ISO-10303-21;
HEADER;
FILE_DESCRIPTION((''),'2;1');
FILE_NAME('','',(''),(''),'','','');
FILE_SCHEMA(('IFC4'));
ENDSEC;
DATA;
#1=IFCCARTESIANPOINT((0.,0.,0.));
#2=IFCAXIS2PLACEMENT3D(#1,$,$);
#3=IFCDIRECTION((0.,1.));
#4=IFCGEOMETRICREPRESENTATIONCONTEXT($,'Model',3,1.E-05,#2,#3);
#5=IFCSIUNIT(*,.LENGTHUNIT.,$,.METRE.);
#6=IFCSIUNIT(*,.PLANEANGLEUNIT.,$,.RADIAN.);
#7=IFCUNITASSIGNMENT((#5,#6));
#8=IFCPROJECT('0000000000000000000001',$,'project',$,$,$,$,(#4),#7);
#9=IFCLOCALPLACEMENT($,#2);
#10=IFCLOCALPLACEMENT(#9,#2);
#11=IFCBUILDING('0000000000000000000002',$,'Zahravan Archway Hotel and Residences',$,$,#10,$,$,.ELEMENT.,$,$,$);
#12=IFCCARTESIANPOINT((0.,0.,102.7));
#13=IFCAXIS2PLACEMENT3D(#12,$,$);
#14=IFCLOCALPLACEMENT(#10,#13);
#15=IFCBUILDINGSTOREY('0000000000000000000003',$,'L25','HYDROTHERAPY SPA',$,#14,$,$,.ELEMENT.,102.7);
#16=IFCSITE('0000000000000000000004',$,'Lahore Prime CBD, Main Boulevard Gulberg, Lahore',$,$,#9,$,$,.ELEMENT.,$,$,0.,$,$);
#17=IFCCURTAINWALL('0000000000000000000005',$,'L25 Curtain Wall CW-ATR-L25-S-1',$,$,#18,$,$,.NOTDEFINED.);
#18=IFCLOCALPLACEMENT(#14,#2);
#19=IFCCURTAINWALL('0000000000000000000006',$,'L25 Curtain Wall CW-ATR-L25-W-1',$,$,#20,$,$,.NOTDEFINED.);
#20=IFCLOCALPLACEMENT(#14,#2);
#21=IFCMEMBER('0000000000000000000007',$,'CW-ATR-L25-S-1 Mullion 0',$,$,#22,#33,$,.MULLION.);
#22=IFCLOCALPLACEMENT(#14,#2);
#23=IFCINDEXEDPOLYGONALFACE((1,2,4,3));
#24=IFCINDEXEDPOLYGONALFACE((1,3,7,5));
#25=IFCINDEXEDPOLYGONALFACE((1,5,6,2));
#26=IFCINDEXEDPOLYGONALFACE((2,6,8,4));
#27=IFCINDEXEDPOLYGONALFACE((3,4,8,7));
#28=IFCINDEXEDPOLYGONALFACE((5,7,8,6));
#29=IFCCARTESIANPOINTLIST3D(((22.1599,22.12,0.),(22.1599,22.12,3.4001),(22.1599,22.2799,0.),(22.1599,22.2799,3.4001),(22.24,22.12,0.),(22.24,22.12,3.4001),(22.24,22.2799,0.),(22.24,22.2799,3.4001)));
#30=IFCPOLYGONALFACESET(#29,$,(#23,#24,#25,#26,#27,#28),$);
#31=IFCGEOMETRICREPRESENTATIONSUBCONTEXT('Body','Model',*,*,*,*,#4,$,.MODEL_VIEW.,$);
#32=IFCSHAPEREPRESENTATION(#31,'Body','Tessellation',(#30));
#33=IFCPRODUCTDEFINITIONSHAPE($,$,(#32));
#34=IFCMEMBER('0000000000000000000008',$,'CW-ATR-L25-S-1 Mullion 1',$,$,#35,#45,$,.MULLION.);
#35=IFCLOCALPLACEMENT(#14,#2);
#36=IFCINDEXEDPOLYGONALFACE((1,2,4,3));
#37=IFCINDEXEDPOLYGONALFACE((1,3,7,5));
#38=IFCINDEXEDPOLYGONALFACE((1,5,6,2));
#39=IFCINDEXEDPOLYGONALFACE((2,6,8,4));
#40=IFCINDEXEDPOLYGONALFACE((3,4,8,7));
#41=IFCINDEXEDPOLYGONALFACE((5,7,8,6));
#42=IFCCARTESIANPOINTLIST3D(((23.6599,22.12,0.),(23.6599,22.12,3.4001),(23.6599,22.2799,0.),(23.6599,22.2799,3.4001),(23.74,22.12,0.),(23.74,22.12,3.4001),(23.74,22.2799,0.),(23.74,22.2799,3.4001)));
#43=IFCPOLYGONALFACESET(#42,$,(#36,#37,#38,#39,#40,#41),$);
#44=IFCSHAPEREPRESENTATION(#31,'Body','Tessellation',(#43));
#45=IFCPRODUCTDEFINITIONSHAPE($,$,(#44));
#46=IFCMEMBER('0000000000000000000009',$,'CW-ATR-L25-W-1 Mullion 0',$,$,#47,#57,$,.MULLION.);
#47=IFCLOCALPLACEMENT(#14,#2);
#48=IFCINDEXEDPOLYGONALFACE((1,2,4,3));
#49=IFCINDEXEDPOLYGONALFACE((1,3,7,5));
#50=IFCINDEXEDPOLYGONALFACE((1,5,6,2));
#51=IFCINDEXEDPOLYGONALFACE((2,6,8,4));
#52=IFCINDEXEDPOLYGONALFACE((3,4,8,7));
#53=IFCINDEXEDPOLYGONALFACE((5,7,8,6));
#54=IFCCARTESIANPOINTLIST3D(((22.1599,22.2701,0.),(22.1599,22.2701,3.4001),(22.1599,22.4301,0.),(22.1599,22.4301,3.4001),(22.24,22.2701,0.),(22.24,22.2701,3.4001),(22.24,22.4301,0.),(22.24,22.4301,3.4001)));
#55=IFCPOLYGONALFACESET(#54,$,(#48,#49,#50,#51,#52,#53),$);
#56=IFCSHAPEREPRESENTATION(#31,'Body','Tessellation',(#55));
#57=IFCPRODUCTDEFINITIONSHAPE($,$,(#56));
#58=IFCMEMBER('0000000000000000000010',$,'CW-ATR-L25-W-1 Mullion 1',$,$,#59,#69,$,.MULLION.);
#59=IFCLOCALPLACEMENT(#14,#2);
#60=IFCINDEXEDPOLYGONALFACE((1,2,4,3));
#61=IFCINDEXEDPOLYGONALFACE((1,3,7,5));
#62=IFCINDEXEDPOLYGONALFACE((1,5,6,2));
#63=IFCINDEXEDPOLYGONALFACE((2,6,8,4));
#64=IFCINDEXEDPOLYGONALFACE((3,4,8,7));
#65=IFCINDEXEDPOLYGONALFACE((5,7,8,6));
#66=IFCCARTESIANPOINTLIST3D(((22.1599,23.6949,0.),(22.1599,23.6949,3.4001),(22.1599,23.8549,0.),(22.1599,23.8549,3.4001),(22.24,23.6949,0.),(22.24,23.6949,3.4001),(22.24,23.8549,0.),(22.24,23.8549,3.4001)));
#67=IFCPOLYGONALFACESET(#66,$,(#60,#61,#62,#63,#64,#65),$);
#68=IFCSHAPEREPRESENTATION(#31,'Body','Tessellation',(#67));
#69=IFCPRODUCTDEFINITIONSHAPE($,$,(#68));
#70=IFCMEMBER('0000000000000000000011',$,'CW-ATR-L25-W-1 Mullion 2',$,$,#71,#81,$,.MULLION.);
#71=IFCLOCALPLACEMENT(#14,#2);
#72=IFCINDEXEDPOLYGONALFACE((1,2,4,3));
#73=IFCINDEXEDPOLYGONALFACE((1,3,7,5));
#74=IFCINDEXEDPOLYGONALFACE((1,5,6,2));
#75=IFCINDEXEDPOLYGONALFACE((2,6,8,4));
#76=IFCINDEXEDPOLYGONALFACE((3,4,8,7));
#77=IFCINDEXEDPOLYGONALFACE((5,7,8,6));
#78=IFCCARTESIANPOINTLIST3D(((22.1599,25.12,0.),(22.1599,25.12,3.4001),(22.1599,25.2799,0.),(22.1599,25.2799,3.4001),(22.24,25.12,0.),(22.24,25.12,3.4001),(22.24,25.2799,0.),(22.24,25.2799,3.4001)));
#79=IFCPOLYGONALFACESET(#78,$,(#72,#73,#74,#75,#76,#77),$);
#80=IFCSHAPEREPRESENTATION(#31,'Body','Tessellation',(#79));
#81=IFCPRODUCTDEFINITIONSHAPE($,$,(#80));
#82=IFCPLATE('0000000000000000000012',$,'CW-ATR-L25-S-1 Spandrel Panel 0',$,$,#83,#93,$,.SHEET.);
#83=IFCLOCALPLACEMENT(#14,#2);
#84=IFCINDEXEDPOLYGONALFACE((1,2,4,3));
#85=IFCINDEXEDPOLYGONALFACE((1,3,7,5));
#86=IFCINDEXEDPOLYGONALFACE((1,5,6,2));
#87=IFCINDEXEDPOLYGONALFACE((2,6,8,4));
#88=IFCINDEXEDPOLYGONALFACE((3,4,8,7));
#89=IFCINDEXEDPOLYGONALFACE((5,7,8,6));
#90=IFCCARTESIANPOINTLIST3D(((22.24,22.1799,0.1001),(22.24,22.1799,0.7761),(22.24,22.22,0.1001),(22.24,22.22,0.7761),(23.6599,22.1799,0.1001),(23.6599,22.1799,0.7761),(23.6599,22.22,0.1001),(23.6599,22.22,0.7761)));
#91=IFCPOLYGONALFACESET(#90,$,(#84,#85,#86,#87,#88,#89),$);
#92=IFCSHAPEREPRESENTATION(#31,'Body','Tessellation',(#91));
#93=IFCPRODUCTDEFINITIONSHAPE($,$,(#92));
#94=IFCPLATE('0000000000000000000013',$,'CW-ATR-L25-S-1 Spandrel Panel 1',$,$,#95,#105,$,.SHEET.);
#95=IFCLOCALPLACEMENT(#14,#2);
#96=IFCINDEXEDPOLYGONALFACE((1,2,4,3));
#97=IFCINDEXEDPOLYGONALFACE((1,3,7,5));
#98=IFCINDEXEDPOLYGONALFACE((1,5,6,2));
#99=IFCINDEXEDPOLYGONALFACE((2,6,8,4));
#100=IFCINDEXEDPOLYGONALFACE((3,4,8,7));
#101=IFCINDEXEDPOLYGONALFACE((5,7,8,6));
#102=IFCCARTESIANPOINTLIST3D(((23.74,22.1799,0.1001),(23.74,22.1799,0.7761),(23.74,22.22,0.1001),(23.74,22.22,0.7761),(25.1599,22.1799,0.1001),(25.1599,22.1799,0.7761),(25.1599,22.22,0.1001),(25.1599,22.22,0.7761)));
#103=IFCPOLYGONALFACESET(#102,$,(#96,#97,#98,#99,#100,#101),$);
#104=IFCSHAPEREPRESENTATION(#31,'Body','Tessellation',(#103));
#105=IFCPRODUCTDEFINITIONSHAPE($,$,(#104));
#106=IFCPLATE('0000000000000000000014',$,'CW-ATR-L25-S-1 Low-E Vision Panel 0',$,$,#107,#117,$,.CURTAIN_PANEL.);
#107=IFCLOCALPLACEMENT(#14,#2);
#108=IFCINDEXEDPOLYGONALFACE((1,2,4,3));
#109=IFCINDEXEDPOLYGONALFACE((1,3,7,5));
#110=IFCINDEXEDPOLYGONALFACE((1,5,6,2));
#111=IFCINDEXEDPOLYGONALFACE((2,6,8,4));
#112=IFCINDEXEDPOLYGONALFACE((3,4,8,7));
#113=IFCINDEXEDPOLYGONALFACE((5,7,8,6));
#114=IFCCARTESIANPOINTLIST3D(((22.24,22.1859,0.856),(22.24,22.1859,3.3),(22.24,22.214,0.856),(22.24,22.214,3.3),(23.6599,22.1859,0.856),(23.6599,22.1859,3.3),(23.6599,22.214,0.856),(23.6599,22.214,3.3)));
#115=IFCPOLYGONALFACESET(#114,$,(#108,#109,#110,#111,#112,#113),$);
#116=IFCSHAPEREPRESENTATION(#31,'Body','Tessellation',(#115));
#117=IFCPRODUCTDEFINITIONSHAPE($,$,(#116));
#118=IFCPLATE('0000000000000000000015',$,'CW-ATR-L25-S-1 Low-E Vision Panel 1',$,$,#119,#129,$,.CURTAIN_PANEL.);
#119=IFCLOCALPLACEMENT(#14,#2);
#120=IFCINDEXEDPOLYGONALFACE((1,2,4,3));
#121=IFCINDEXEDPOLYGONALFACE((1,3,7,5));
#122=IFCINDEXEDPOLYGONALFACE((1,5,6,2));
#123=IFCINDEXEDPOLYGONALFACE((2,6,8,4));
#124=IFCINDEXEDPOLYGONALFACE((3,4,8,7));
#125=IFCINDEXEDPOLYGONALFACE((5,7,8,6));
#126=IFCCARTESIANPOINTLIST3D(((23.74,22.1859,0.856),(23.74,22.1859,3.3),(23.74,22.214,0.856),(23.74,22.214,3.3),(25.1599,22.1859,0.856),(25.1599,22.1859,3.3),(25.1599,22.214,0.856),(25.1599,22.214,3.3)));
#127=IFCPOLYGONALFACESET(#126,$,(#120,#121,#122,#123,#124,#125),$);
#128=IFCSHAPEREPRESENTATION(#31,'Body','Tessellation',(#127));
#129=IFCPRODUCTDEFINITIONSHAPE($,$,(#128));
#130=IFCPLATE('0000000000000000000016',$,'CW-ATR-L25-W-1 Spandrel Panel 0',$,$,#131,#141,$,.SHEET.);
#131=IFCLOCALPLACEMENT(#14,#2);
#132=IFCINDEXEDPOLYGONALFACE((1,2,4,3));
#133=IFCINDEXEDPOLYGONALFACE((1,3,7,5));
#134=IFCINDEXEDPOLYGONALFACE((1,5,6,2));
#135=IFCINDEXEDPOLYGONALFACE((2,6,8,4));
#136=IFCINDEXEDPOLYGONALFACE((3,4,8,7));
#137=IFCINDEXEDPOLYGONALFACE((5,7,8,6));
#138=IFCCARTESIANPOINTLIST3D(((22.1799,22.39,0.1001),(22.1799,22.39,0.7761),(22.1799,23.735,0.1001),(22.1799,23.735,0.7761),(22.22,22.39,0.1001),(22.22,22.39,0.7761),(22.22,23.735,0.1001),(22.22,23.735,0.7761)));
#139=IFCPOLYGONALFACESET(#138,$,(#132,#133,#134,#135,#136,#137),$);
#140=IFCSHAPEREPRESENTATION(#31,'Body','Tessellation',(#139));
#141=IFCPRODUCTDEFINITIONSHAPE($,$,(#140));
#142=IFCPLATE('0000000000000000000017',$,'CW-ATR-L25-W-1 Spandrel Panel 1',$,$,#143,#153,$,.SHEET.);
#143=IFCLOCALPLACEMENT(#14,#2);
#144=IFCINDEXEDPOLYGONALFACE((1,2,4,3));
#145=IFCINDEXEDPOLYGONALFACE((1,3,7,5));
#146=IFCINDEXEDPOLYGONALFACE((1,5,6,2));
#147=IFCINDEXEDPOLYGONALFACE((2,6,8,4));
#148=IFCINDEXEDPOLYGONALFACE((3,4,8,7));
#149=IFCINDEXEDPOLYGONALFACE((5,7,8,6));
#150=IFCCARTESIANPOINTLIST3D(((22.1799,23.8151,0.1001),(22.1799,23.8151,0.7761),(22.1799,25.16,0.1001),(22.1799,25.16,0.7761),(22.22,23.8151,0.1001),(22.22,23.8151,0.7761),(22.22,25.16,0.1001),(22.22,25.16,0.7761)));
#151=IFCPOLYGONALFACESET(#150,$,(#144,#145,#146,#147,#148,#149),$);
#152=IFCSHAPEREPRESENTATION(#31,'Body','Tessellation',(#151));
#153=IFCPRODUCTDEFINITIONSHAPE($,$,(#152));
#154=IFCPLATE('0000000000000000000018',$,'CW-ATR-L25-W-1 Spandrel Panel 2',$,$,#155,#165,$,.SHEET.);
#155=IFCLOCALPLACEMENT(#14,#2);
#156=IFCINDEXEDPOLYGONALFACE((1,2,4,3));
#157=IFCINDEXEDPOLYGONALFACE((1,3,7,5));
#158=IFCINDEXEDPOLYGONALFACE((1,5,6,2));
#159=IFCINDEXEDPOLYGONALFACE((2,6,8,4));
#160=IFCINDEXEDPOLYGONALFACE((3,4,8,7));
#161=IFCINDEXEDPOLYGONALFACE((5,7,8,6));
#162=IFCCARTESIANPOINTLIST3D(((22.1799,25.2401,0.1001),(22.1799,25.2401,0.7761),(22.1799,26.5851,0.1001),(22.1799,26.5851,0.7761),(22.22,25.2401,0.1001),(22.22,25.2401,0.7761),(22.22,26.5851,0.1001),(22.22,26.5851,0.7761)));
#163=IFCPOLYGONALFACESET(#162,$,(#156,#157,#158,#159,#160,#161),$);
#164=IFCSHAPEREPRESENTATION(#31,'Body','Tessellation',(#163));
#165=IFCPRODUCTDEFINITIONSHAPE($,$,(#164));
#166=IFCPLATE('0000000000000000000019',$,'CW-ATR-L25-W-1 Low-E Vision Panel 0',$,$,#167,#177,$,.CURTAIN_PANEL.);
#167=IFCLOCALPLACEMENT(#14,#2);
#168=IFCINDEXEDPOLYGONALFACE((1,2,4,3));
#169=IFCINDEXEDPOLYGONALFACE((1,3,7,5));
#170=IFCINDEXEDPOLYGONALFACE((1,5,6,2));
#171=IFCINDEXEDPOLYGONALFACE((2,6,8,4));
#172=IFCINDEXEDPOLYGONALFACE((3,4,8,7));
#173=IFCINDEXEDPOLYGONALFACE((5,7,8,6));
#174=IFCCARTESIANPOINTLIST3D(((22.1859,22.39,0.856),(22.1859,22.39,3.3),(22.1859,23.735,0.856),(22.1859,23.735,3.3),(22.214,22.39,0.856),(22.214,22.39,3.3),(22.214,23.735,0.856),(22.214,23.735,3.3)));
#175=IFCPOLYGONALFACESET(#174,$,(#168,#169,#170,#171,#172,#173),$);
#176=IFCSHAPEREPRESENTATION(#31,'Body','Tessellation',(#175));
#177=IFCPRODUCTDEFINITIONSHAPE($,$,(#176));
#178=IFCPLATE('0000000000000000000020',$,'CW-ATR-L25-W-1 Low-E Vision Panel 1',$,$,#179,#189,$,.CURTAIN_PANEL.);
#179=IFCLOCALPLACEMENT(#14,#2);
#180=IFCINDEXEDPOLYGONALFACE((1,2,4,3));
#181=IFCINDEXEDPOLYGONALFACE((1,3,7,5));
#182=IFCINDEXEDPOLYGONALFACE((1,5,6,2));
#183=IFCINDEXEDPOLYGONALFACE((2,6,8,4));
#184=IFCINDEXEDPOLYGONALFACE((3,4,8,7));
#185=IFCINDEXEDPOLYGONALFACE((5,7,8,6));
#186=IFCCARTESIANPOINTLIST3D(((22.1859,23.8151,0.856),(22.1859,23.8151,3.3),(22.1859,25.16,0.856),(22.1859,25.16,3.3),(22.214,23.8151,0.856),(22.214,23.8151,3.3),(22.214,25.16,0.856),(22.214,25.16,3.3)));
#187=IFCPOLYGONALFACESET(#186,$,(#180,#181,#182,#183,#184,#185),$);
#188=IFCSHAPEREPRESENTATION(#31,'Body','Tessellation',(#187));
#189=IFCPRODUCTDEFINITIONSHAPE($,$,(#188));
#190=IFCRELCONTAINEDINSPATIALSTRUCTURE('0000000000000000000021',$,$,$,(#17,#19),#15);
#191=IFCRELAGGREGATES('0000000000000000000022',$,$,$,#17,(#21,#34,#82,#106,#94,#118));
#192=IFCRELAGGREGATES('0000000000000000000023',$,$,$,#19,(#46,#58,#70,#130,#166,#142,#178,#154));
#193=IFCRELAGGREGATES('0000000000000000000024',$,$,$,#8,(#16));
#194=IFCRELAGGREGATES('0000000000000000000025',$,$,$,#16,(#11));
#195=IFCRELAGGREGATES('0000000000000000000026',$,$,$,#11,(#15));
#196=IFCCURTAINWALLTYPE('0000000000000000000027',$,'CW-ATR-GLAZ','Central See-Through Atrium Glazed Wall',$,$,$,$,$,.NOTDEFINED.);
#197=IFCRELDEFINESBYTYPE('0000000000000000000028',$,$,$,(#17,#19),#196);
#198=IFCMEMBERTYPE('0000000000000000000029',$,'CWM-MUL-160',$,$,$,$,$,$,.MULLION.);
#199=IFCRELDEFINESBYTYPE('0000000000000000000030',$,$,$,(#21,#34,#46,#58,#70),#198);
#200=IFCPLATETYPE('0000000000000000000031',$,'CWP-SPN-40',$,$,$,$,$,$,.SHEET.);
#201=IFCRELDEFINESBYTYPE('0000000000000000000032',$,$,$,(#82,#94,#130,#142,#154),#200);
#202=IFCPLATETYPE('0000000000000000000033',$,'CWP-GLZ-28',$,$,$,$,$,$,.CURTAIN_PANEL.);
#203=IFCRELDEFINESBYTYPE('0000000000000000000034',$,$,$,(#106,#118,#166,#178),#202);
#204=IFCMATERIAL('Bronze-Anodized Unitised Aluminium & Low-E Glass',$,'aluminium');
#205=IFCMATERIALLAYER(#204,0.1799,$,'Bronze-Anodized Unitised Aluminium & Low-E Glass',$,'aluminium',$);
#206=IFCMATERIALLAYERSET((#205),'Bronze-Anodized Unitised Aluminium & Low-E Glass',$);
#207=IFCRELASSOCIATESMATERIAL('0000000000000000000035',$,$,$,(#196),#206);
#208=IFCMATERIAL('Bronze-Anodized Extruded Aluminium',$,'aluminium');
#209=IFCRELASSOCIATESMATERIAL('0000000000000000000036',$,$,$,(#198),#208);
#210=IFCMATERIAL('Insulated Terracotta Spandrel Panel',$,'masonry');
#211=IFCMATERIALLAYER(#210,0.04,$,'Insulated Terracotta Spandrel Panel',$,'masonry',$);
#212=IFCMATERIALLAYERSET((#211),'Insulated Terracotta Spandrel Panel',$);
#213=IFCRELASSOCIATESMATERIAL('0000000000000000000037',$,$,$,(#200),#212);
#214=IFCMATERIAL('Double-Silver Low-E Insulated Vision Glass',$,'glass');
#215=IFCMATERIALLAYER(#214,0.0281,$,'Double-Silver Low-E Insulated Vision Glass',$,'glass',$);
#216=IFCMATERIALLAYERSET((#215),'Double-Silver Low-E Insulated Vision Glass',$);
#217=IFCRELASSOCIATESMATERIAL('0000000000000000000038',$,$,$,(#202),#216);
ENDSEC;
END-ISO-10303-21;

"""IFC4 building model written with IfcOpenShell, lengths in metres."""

from ifc_helpers import new_model, si_unit, direction, frame, origin, origin_2d, place, context, subcontext, project, spatial, rectangle, extrude, source, transform, mapped, material, layer, layer_set, material_profile, profile_set, type_object, element, aggregate, save


model = new_model("IFC4")

# Units and contexts
model_context = context("Model", 3, precision=1e-05, world=origin(), true_north=direction((0.0, 1.0)))
body_context = subcontext(model_context, "Body", "Model", "MODEL_VIEW")
ifc_project = project(units=[si_unit("LENGTHUNIT", "METRE"), si_unit("PLANEANGLEUNIT", "RADIAN")], contexts=[model_context])

# Site, building, storey
site_placement = place(None, origin())
site = spatial("IfcSite", under=ifc_project, at=site_placement, Name="Lahore Prime CBD, Main Boulevard Gulberg, Lahore", CompositionType="ELEMENT", RefElevation=0.0)
building_placement = place(site_placement, origin())
building = spatial("IfcBuilding", under=site, at=building_placement, Name="Zahravan Archway Hotel and Residences", CompositionType="ELEMENT")
storey_placement = place(building_placement, frame((0.0, 0.0, 102.7)))
storey = spatial("IfcBuildingStorey", under=building, at=storey_placement, Name="L25", Description="HYDROTHERAPY SPA", CompositionType="ELEMENT", Elevation=102.7)

# Curtain walls
ifc_material_1 = material(Name="Bronze-Anodized Unitised Aluminium & Low-E Glass", Category="aluminium")
ifc_layer_1 = layer(ifc_material_1, 0.1799, Name="Bronze-Anodized Unitised Aluminium & Low-E Glass", Category="aluminium")
ifc_layer_set_1 = layer_set([ifc_layer_1], Name="Bronze-Anodized Unitised Aluminium & Low-E Glass")
curtain_wall_type = type_object("IfcCurtainWallType", Name="CW-ATR-GLAZ", Description="Central See-Through Atrium Glazed Wall", PredefinedType="NOTDEFINED", material=ifc_layer_set_1)
curtain_wall_1_placement = place(storey_placement, origin())
curtain_wall_1 = element("IfcCurtainWall", 1, at=curtain_wall_1_placement, inside=storey, type_object=curtain_wall_type, Name="L25 Curtain Wall CW-ATR-L25-S-1", PredefinedType="NOTDEFINED")
ifc_material_2 = material(Name="Bronze-Anodized Extruded Aluminium", Category="aluminium")
curtain_wall_2_placement = place(storey_placement, origin())
curtain_wall_2 = element("IfcCurtainWall", 2, at=curtain_wall_2_placement, inside=storey, type_object=curtain_wall_type, Name="L25 Curtain Wall CW-ATR-L25-W-1", PredefinedType="NOTDEFINED")

# Members
ifc_material_profile_1 = material_profile(ifc_material_2, rectangle(XDim=0.0801, YDim=0.1599, at=origin_2d()), Name="MUL 80x160", Category="aluminium")
ifc_profile_set_1 = profile_set([ifc_material_profile_1], Name="Bronze-Anodized Extruded Aluminium")
member_type_1 = type_object("IfcMemberType", Name="CWM-MUL-160", PredefinedType="MULLION", material=ifc_profile_set_1)
shared_shape_1 = source(origin(), body_context, "Body", "SweptSolid", [
    extrude(rectangle(XDim=0.0801, YDim=0.1599, at=origin_2d()), origin(), (0.0, 0.0, 1.0), 3.4001),
])
member_1_placement = place(storey_placement, frame((22.2, 22.2, 0.0), z_axis=(0.0, 0.0, 1.0), x_axis=(1.0, 0.0, 0.0)))
member_1 = element("IfcMember", 3, at=member_1_placement, type_object=member_type_1, Name="CW-ATR-L25-S-1 Mullion 0", PredefinedType="MULLION", context=body_context, shape_type="MappedRepresentation", body=[
    mapped(shared_shape_1, transform((0.0, 0.0, 0.0), scale=1.0)),
])
member_2_placement = place(storey_placement, frame((23.7, 22.2, 0.0), z_axis=(0.0, 0.0, 1.0), x_axis=(1.0, 0.0, 0.0)))
member_2 = element("IfcMember", 4, at=member_2_placement, type_object=member_type_1, Name="CW-ATR-L25-S-1 Mullion 1", PredefinedType="MULLION", context=body_context, shape_type="MappedRepresentation", body=[
    mapped(shared_shape_1, transform((0.0, 0.0, 0.0), scale=1.0)),
])
member_3_placement = place(storey_placement, frame((22.2, 22.3501, 0.0), z_axis=(0.0, 0.0, 1.0), x_axis=(1.0, 0.0, 0.0)))
member_3 = element("IfcMember", 5, at=member_3_placement, type_object=member_type_1, Name="CW-ATR-L25-W-1 Mullion 0", PredefinedType="MULLION", context=body_context, shape_type="MappedRepresentation", body=[
    mapped(shared_shape_1, transform((0.0, 0.0, 0.0), scale=1.0)),
])
member_4_placement = place(storey_placement, frame((22.2, 23.7749, 0.0), z_axis=(0.0, 0.0, 1.0), x_axis=(1.0, 0.0, 0.0)))
member_4 = element("IfcMember", 6, at=member_4_placement, type_object=member_type_1, Name="CW-ATR-L25-W-1 Mullion 1", PredefinedType="MULLION", context=body_context, shape_type="MappedRepresentation", body=[
    mapped(shared_shape_1, transform((0.0, 0.0, 0.0), scale=1.0)),
])
member_5_placement = place(storey_placement, frame((22.2, 25.2, 0.0), z_axis=(0.0, 0.0, 1.0), x_axis=(1.0, 0.0, 0.0)))
member_5 = element("IfcMember", 7, at=member_5_placement, type_object=member_type_1, Name="CW-ATR-L25-W-1 Mullion 2", PredefinedType="MULLION", context=body_context, shape_type="MappedRepresentation", body=[
    mapped(shared_shape_1, transform((0.0, 0.0, 0.0), scale=1.0)),
])

# Plates
ifc_material_3 = material(Name="Insulated Terracotta Spandrel Panel", Category="masonry")
ifc_layer_2 = layer(ifc_material_3, 0.04, Name="Insulated Terracotta Spandrel Panel", Category="masonry")
ifc_layer_set_2 = layer_set([ifc_layer_2], Name="Insulated Terracotta Spandrel Panel")
plate_type_1 = type_object("IfcPlateType", Name="CWP-SPN-40", PredefinedType="SHEET", material=ifc_layer_set_2)
shared_shape_2 = source(origin(), body_context, "Body", "SweptSolid", [
    extrude(rectangle(XDim=1.4199, YDim=0.04, at=origin_2d()), origin(), (0.0, 0.0, 1.0), 0.676),
])
plate_1_placement = place(storey_placement, frame((22.95, 22.2, 0.1001), z_axis=(0.0, 0.0, 1.0), x_axis=(1.0, 0.0, 0.0)))
plate_1 = element("IfcPlate", 8, at=plate_1_placement, type_object=plate_type_1, Name="CW-ATR-L25-S-1 Spandrel Panel 0", PredefinedType="SHEET", context=body_context, shape_type="MappedRepresentation", body=[
    mapped(shared_shape_2, transform((0.0, 0.0, 0.0), scale=1.0)),
])
plate_2_placement = place(storey_placement, frame((24.45, 22.2, 0.1001), z_axis=(0.0, 0.0, 1.0), x_axis=(1.0, 0.0, 0.0)))
plate_2 = element("IfcPlate", 9, at=plate_2_placement, type_object=plate_type_1, Name="CW-ATR-L25-S-1 Spandrel Panel 1", PredefinedType="SHEET", context=body_context, shape_type="MappedRepresentation", body=[
    mapped(shared_shape_2, transform((0.0, 0.0, 0.0), scale=1.0)),
])
ifc_material_4 = material(Name="Double-Silver Low-E Insulated Vision Glass", Category="glass")
ifc_layer_3 = layer(ifc_material_4, 0.0281, Name="Double-Silver Low-E Insulated Vision Glass", Category="glass")
ifc_layer_set_3 = layer_set([ifc_layer_3], Name="Double-Silver Low-E Insulated Vision Glass")
plate_type_2 = type_object("IfcPlateType", Name="CWP-GLZ-28", PredefinedType="CURTAIN_PANEL", material=ifc_layer_set_3)
shared_shape_3 = source(origin(), body_context, "Body", "SweptSolid", [
    extrude(rectangle(XDim=1.4199, YDim=0.0281, at=origin_2d()), origin(), (0.0, 0.0, 1.0), 2.4441),
])
plate_3_placement = place(storey_placement, frame((22.95, 22.2, 0.856), z_axis=(0.0, 0.0, 1.0), x_axis=(1.0, 0.0, 0.0)))
plate_3 = element("IfcPlate", 10, at=plate_3_placement, type_object=plate_type_2, Name="CW-ATR-L25-S-1 Low-E Vision Panel 0", PredefinedType="CURTAIN_PANEL", context=body_context, shape_type="MappedRepresentation", body=[
    mapped(shared_shape_3, transform((0.0, 0.0, 0.0), scale=1.0)),
])
plate_4_placement = place(storey_placement, frame((24.45, 22.2, 0.856), z_axis=(0.0, 0.0, 1.0), x_axis=(1.0, 0.0, 0.0)))
plate_4 = element("IfcPlate", 11, at=plate_4_placement, type_object=plate_type_2, Name="CW-ATR-L25-S-1 Low-E Vision Panel 1", PredefinedType="CURTAIN_PANEL", context=body_context, shape_type="MappedRepresentation", body=[
    mapped(shared_shape_3, transform((0.0, 0.0, 0.0), scale=1.0)),
])
aggregate(curtain_wall_1, [member_1, member_2, plate_1, plate_3, plate_2, plate_4])
shared_shape_4 = source(origin(), body_context, "Body", "SweptSolid", [
    extrude(rectangle(XDim=1.345, YDim=0.04, at=origin_2d()), origin(), (0.0, 0.0, 1.0), 0.676),
])
plate_5_placement = place(storey_placement, frame((22.2, 23.0625, 0.1001), z_axis=(0.0, 0.0, 1.0), x_axis=(0.0, 1.0, 0.0)))
plate_5 = element("IfcPlate", 12, at=plate_5_placement, type_object=plate_type_1, Name="CW-ATR-L25-W-1 Spandrel Panel 0", PredefinedType="SHEET", context=body_context, shape_type="MappedRepresentation", body=[
    mapped(shared_shape_4, transform((0.0, 0.0, 0.0), scale=1.0)),
])
plate_6_placement = place(storey_placement, frame((22.2, 24.4875, 0.1001), z_axis=(0.0, 0.0, 1.0), x_axis=(0.0, 1.0, 0.0)))
plate_6 = element("IfcPlate", 13, at=plate_6_placement, type_object=plate_type_1, Name="CW-ATR-L25-W-1 Spandrel Panel 1", PredefinedType="SHEET", context=body_context, shape_type="MappedRepresentation", body=[
    mapped(shared_shape_4, transform((0.0, 0.0, 0.0), scale=1.0)),
])
plate_7_placement = place(storey_placement, frame((22.2, 25.9126, 0.1001), z_axis=(0.0, 0.0, 1.0), x_axis=(0.0, 1.0, 0.0)))
plate_7 = element("IfcPlate", 14, at=plate_7_placement, type_object=plate_type_1, Name="CW-ATR-L25-W-1 Spandrel Panel 2", PredefinedType="SHEET", context=body_context, shape_type="MappedRepresentation", body=[
    mapped(shared_shape_4, transform((0.0, 0.0, 0.0), scale=1.0)),
])
shared_shape_5 = source(origin(), body_context, "Body", "SweptSolid", [
    extrude(rectangle(XDim=1.345, YDim=0.0281, at=origin_2d()), origin(), (0.0, 0.0, 1.0), 2.4441),
])
plate_8_placement = place(storey_placement, frame((22.2, 23.0625, 0.856), z_axis=(0.0, 0.0, 1.0), x_axis=(0.0, 1.0, 0.0)))
plate_8 = element("IfcPlate", 15, at=plate_8_placement, type_object=plate_type_2, Name="CW-ATR-L25-W-1 Low-E Vision Panel 0", PredefinedType="CURTAIN_PANEL", context=body_context, shape_type="MappedRepresentation", body=[
    mapped(shared_shape_5, transform((0.0, 0.0, 0.0), scale=1.0)),
])
plate_9_placement = place(storey_placement, frame((22.2, 24.4875, 0.856), z_axis=(0.0, 0.0, 1.0), x_axis=(0.0, 1.0, 0.0)))
plate_9 = element("IfcPlate", 16, at=plate_9_placement, type_object=plate_type_2, Name="CW-ATR-L25-W-1 Low-E Vision Panel 1", PredefinedType="CURTAIN_PANEL", context=body_context, shape_type="MappedRepresentation", body=[
    mapped(shared_shape_5, transform((0.0, 0.0, 0.0), scale=1.0)),
])
aggregate(curtain_wall_2, [member_3, member_4, member_5, plate_5, plate_8, plate_6, plate_9, plate_7])

save(model, "model.ifc")
